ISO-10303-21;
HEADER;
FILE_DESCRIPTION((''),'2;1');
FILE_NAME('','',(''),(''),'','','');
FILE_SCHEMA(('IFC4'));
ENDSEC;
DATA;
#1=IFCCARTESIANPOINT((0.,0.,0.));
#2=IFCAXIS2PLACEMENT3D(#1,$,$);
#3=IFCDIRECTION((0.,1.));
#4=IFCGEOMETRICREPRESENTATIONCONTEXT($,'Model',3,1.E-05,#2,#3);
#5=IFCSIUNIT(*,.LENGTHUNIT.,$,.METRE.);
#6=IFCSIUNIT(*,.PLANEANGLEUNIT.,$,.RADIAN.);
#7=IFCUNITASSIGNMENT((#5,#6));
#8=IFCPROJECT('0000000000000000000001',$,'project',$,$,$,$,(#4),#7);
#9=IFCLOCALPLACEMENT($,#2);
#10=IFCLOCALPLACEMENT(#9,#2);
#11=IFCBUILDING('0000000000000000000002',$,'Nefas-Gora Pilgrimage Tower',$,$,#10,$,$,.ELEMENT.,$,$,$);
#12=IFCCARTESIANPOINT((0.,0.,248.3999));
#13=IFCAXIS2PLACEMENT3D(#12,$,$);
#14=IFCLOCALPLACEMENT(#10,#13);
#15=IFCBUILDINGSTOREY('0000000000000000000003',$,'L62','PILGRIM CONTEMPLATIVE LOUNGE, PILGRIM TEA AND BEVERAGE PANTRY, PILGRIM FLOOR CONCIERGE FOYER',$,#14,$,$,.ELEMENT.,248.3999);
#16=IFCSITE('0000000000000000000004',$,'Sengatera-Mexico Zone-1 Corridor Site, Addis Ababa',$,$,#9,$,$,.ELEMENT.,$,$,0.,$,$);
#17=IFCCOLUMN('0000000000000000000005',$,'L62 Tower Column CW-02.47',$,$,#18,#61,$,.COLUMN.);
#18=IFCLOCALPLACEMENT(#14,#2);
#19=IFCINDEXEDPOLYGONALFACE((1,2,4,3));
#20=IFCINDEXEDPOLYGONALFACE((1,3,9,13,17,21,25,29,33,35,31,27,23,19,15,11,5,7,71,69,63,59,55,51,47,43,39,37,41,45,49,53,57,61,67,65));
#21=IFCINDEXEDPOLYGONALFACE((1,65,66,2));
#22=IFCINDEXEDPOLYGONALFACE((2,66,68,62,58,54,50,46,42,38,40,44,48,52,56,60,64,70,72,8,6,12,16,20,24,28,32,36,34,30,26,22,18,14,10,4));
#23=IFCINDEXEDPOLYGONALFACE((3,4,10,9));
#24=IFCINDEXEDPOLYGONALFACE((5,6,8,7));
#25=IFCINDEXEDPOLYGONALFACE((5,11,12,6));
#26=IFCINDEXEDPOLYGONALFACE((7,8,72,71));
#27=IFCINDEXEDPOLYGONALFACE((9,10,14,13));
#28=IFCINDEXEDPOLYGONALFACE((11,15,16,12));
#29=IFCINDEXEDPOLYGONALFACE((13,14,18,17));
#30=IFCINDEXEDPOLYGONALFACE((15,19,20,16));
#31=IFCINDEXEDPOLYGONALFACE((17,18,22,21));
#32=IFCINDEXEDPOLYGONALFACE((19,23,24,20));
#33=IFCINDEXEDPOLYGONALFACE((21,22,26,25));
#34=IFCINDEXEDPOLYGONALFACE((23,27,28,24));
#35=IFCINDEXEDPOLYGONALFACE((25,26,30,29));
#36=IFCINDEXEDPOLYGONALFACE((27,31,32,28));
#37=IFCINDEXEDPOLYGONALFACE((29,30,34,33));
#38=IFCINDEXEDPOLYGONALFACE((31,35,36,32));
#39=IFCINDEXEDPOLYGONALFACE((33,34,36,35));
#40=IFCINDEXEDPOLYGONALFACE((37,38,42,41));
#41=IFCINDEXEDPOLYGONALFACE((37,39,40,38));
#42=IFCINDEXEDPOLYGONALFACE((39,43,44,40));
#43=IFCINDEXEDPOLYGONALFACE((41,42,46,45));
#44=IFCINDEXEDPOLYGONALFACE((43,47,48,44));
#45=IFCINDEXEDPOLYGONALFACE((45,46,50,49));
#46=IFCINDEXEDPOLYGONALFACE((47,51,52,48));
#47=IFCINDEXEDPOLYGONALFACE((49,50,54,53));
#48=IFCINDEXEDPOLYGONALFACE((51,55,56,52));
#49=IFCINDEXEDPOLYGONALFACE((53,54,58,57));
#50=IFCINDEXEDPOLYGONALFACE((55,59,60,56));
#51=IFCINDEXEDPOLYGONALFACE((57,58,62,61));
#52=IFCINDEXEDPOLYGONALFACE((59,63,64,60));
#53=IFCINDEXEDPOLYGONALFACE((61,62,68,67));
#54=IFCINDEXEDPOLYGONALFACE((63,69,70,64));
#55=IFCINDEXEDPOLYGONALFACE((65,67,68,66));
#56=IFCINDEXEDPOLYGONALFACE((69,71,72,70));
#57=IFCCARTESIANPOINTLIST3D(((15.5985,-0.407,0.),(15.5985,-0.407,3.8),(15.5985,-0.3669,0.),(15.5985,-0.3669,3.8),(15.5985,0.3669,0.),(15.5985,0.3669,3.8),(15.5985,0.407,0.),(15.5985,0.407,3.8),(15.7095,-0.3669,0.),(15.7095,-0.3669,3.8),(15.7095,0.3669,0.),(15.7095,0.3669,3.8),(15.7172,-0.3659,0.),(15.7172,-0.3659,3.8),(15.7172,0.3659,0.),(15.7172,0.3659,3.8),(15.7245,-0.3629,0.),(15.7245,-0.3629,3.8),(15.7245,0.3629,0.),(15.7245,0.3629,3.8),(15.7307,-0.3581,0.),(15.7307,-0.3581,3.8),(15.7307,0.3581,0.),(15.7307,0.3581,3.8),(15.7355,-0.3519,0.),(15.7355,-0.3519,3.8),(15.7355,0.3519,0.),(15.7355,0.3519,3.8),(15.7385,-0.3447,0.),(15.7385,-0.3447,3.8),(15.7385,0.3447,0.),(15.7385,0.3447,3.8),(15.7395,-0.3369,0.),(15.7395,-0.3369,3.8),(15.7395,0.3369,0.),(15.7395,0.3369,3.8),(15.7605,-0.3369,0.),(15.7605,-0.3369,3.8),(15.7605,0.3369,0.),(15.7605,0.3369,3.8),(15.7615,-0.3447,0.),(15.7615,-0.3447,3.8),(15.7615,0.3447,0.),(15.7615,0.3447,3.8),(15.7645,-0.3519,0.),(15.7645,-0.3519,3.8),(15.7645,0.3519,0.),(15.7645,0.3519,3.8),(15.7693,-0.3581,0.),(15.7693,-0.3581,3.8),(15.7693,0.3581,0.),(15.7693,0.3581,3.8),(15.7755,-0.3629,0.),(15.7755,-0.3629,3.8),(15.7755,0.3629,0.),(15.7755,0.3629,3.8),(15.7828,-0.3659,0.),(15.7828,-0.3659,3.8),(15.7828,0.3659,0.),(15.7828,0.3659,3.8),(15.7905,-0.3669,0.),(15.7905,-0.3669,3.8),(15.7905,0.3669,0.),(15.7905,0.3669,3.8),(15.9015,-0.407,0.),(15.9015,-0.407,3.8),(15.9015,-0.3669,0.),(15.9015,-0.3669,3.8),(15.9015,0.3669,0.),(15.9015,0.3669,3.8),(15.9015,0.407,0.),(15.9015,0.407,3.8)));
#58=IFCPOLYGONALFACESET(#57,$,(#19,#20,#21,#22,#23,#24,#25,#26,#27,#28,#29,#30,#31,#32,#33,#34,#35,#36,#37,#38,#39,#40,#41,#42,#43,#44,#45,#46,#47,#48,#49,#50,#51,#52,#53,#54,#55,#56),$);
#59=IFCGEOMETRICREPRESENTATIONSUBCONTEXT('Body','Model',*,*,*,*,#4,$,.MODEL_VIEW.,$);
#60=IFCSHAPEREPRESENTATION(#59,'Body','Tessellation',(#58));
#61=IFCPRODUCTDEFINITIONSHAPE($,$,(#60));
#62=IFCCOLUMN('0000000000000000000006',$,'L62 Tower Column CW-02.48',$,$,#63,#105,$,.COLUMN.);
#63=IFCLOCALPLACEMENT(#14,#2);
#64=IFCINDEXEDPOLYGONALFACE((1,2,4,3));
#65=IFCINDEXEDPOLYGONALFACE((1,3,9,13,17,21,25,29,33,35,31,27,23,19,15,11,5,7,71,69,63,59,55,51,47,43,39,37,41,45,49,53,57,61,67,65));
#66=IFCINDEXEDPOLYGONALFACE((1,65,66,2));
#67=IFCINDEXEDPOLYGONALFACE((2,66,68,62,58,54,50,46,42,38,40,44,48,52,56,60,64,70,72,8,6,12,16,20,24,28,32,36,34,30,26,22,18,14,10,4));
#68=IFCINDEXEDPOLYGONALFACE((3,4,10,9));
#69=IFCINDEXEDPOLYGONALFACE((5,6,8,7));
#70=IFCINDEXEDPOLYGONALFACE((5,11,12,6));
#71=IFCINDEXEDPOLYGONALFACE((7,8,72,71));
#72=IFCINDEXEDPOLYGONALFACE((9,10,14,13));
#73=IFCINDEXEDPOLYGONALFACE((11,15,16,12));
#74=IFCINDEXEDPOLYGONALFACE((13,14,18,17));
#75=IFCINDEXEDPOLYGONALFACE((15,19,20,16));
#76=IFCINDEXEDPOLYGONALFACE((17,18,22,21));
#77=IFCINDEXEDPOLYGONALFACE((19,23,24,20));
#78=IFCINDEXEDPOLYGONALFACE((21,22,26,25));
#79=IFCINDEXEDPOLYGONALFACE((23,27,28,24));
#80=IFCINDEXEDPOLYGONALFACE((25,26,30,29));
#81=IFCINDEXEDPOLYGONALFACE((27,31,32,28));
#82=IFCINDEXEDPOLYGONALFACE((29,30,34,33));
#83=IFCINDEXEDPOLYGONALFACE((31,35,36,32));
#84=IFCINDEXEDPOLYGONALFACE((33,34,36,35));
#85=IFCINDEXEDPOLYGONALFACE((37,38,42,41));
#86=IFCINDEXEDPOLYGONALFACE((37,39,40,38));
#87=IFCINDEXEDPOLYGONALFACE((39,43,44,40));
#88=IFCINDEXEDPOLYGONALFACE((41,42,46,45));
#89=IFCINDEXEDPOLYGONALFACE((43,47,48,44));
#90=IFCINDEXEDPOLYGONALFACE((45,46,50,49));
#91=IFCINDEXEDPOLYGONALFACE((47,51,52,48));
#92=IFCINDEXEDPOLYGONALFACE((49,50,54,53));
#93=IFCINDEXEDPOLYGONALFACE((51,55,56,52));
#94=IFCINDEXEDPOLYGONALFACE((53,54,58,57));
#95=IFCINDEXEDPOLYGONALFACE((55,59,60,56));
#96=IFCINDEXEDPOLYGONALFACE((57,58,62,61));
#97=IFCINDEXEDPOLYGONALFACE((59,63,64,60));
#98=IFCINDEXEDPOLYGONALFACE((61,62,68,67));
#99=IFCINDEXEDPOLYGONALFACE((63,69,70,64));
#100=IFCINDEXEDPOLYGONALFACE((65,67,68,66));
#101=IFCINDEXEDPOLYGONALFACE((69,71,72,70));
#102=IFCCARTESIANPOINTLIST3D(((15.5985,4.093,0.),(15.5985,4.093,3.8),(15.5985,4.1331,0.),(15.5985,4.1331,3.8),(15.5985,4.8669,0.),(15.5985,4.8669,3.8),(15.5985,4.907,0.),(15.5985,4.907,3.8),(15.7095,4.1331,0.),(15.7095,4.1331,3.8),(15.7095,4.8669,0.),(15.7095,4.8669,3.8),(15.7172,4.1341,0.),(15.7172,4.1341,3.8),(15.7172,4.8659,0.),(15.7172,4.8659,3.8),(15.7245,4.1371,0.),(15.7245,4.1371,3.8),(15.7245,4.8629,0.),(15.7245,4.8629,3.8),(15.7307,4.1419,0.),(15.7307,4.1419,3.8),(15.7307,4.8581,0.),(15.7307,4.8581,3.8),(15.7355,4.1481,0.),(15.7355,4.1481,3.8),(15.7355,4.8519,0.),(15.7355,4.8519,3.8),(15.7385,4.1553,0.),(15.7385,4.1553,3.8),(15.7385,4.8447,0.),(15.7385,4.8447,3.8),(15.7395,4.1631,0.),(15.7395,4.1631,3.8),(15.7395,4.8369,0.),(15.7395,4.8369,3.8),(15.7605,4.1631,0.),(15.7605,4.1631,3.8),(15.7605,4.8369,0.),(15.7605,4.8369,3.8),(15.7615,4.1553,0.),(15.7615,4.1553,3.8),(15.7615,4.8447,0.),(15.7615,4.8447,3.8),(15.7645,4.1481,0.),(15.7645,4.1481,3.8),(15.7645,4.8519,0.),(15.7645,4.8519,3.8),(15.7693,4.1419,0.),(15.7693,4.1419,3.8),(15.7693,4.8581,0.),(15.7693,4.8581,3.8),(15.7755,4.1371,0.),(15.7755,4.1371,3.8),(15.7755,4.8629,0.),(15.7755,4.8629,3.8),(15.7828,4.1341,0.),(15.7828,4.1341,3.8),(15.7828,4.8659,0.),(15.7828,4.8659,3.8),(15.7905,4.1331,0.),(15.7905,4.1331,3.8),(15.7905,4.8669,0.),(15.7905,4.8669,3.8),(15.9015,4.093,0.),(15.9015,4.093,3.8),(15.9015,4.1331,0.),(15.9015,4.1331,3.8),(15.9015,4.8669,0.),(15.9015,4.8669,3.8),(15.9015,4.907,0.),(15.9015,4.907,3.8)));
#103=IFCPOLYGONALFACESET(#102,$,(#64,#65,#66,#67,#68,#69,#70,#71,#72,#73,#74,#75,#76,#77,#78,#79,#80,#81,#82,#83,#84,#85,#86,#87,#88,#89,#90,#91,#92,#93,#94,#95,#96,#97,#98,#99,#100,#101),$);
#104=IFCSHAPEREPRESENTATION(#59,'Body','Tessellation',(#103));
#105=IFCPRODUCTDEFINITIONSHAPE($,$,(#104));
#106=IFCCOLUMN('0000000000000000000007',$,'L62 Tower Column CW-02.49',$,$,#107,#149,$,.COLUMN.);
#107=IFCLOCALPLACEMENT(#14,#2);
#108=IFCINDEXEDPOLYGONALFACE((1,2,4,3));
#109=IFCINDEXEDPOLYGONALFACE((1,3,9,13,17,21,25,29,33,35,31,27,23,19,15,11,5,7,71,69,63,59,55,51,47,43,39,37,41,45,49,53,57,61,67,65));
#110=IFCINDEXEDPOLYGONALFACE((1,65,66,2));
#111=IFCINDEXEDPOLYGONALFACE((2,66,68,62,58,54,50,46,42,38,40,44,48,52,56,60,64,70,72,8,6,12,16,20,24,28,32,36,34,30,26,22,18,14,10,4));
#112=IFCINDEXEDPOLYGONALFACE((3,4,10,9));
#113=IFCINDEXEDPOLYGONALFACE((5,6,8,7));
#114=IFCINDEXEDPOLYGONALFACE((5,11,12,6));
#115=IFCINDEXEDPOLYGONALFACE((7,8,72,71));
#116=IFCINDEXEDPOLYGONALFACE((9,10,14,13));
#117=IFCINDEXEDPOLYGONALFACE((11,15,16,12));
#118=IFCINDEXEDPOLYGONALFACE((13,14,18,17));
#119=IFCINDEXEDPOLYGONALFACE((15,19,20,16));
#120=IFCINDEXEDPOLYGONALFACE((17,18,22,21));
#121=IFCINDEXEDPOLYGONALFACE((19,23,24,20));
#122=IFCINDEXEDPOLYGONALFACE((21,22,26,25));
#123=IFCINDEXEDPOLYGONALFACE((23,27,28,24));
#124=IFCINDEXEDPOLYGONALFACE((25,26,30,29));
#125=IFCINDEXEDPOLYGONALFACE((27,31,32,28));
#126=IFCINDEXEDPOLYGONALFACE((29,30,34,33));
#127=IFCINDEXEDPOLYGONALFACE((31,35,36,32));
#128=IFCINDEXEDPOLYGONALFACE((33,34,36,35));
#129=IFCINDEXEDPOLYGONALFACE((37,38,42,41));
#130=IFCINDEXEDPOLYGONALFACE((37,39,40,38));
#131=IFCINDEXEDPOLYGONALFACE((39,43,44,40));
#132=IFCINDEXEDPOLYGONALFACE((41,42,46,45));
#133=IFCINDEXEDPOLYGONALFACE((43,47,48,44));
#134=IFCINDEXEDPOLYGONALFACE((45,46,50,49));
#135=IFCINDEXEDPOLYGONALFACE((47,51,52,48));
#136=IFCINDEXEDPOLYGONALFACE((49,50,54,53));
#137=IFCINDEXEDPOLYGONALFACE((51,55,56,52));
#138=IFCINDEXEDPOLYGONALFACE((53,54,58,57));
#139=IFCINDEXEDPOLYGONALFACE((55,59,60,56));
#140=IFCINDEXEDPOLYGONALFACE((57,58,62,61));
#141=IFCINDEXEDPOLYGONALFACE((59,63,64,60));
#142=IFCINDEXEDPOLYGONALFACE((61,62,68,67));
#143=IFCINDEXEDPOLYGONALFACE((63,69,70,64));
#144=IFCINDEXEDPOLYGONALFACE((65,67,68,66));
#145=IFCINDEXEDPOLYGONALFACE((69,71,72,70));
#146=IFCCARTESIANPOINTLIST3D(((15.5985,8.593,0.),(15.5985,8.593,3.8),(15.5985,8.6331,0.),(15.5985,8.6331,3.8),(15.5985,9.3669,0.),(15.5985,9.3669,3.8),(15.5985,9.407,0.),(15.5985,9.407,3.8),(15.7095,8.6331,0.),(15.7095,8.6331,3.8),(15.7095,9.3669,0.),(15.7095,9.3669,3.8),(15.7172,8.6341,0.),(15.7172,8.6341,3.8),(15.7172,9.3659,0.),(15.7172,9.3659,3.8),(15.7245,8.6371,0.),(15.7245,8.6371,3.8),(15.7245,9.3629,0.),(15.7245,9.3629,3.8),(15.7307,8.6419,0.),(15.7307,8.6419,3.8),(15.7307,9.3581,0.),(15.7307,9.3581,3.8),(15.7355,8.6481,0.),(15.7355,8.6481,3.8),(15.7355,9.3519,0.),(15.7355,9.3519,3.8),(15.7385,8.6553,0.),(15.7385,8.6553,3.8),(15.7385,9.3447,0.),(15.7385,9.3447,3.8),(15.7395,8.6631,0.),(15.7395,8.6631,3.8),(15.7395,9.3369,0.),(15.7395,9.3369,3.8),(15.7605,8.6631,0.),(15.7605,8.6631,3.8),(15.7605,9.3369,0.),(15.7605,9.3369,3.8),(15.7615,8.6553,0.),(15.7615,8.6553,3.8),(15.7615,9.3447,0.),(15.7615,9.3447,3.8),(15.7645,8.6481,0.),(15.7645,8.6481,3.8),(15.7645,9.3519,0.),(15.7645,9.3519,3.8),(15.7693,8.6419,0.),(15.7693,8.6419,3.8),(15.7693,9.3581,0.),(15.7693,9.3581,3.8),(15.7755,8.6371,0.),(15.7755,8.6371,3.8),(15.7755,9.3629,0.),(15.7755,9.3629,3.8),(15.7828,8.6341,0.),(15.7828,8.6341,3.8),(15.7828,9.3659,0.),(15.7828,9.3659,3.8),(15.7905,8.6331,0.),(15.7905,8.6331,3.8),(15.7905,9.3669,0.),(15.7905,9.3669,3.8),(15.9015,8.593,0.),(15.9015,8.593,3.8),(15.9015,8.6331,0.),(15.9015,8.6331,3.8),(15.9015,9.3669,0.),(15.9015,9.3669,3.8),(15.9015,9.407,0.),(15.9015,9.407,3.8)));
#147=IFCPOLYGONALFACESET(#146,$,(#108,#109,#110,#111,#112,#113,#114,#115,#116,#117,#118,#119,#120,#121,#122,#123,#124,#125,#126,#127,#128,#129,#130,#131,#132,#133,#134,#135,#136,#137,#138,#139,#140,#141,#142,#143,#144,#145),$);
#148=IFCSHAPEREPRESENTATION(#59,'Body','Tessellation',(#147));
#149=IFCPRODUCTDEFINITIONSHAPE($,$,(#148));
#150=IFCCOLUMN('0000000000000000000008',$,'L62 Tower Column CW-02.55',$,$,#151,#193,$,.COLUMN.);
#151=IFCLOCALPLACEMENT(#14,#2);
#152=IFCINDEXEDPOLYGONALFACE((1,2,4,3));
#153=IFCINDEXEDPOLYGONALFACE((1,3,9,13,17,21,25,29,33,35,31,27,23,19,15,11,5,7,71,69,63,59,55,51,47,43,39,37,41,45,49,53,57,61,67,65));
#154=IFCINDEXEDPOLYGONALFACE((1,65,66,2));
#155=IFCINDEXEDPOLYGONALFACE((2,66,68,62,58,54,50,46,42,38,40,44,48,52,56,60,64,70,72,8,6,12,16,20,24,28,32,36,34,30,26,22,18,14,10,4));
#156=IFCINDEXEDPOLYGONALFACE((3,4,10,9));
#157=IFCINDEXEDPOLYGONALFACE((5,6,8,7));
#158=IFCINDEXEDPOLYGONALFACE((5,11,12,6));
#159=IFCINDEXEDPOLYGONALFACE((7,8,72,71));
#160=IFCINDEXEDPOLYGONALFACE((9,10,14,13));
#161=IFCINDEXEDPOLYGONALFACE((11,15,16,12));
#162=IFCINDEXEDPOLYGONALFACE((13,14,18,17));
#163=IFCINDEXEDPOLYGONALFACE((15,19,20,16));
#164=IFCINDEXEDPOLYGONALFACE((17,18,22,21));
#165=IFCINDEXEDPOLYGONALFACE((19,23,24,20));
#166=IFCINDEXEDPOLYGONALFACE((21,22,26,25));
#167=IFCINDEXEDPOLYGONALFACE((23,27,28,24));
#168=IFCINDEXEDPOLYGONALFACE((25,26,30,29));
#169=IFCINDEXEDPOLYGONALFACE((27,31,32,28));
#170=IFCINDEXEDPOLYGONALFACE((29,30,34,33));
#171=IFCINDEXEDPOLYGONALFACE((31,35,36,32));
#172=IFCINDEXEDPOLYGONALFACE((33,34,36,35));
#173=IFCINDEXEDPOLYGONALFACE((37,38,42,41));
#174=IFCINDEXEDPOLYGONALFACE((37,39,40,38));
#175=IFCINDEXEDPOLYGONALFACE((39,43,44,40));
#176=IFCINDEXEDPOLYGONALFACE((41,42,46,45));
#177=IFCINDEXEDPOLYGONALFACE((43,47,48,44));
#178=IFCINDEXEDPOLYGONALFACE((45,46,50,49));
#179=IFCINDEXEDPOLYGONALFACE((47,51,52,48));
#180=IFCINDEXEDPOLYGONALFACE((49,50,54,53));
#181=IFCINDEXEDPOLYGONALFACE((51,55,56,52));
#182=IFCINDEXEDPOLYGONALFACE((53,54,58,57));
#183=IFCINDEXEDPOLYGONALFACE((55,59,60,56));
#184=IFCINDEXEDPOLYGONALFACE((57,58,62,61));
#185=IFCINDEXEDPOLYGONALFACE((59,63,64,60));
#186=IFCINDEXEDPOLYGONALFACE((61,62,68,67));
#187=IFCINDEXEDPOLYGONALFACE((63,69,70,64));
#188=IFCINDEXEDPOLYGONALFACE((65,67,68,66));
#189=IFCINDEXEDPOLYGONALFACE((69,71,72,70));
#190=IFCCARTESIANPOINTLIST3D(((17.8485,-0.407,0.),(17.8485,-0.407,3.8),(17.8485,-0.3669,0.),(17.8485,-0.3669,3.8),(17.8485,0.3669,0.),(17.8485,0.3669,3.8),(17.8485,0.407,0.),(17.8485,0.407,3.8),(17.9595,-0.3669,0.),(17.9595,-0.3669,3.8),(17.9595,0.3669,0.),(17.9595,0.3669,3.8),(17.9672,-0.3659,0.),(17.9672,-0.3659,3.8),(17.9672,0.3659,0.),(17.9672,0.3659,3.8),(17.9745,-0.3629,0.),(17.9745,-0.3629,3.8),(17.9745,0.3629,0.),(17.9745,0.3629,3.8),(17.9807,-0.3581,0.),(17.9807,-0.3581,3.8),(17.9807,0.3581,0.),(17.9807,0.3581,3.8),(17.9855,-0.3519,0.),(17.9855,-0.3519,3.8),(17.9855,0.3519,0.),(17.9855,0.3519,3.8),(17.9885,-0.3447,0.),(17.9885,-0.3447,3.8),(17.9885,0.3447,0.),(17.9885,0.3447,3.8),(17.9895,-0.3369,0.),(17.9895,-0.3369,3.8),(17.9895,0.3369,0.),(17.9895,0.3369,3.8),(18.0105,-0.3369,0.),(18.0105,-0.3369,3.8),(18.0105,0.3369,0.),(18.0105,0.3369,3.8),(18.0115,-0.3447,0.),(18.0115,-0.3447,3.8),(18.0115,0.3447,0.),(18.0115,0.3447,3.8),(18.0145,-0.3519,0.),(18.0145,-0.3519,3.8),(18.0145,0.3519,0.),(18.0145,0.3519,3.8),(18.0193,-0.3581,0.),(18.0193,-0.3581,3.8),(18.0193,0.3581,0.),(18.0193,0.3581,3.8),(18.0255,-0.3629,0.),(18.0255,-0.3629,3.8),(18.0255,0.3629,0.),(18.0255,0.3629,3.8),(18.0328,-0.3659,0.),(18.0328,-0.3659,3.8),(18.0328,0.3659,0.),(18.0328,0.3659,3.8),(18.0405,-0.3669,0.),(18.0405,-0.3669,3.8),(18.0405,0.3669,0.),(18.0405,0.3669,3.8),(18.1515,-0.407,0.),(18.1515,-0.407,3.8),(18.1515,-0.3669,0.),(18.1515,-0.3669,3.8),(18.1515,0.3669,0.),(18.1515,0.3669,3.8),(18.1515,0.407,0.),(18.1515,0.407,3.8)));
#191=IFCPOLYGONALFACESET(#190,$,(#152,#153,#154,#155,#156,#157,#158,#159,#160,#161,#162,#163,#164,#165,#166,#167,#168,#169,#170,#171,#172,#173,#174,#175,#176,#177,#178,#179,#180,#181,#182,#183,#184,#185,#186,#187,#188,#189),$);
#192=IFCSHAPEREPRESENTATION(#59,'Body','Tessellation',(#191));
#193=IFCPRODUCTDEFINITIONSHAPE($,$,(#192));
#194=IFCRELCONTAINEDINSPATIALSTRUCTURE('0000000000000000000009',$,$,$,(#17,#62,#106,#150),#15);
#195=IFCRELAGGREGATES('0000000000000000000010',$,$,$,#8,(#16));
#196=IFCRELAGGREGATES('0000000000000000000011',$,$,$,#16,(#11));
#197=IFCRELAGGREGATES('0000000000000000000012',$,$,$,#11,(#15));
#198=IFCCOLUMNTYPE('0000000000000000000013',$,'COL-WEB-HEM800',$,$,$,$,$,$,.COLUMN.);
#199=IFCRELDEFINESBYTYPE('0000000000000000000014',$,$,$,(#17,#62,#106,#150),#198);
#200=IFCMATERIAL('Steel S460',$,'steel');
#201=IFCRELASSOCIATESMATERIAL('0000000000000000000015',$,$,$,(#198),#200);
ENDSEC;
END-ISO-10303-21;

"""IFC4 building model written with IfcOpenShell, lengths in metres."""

from ifc_helpers import new_model, si_unit, direction, frame, origin, origin_2d, place, context, subcontext, project, spatial, i_section, extrude, source, transform, mapped, material, material_profile, profile_set, type_object, element, save


model = new_model("IFC4")

# Units and contexts
model_context = context("Model", 3, precision=1e-05, world=origin(), true_north=direction((0.0, 1.0)))
body_context = subcontext(model_context, "Body", "Model", "MODEL_VIEW")
ifc_project = project(units=[si_unit("LENGTHUNIT", "METRE"), si_unit("PLANEANGLEUNIT", "RADIAN")], contexts=[model_context])

# Site, building, storey
site_placement = place(None, origin())
site = spatial("IfcSite", under=ifc_project, at=site_placement, Name="Sengatera-Mexico Zone-1 Corridor Site, Addis Ababa", CompositionType="ELEMENT", RefElevation=0.0)
building_placement = place(site_placement, origin())
building = spatial("IfcBuilding", under=site, at=building_placement, Name="Nefas-Gora Pilgrimage Tower", CompositionType="ELEMENT")
storey_placement = place(building_placement, frame((0.0, 0.0, 248.3999)))
storey = spatial("IfcBuildingStorey", under=building, at=storey_placement, Name="L62", Description="PILGRIM CONTEMPLATIVE LOUNGE, PILGRIM TEA AND BEVERAGE PANTRY, PILGRIM FLOOR CONCIERGE FOYER", CompositionType="ELEMENT", Elevation=248.3999)

# Columns
ifc_material_1 = material(Name="Steel S460", Category="steel")
ifc_material_profile_1 = material_profile(ifc_material_1, i_section(OverallWidth=0.303, OverallDepth=0.814, WebThickness=0.021, FlangeThickness=0.04, FilletRadius=0.03, at=origin_2d()), Name="HEM 800")
ifc_profile_set_1 = profile_set([ifc_material_profile_1], Name="Steel S460")
column_type_1 = type_object("IfcColumnType", Name="COL-WEB-HEM800", PredefinedType="COLUMN", material=ifc_profile_set_1)
shared_shape_1 = source(origin(), body_context, "Body", "SweptSolid", [
    extrude(i_section(OverallWidth=0.303, OverallDepth=0.814, WebThickness=0.021, FlangeThickness=0.04, FilletRadius=0.03, at=origin_2d()), origin(), (0.0, 0.0, 1.0), 3.8),
])
for number, where, z_axis, x_axis, name in (
    (1, (15.75, 0.0, 0.0), (0.0, 0.0, 1.0), (1.0, 0.0, 0.0), "L62 Tower Column CW-02.47"),
    (2, (15.75, 4.5, 0.0), (0.0, 0.0, 1.0), (1.0, 0.0, 0.0), "L62 Tower Column CW-02.48"),
    (3, (15.75, 9.0, 0.0), (0.0, 0.0, 1.0), (1.0, 0.0, 0.0), "L62 Tower Column CW-02.49"),
    (4, (18.0, 0.0, 0.0), (0.0, 0.0, 1.0), (1.0, 0.0, 0.0), "L62 Tower Column CW-02.55"),
):
    element("IfcColumn", number, at=place(storey_placement, frame(where, z_axis=z_axis, x_axis=x_axis)), inside=storey, type_object=column_type_1, Name=name, PredefinedType="COLUMN", context=body_context, shape_type="MappedRepresentation", body=[
        mapped(shared_shape_1, transform((0.0, 0.0, 0.0), x_axis=(1.0, 0.0, 0.0), y_axis=(0.0, 1.0, 0.0), z_axis=(0.0, 0.0, 1.0), scale=1.0)),
    ])

save(model, "model.ifc")
